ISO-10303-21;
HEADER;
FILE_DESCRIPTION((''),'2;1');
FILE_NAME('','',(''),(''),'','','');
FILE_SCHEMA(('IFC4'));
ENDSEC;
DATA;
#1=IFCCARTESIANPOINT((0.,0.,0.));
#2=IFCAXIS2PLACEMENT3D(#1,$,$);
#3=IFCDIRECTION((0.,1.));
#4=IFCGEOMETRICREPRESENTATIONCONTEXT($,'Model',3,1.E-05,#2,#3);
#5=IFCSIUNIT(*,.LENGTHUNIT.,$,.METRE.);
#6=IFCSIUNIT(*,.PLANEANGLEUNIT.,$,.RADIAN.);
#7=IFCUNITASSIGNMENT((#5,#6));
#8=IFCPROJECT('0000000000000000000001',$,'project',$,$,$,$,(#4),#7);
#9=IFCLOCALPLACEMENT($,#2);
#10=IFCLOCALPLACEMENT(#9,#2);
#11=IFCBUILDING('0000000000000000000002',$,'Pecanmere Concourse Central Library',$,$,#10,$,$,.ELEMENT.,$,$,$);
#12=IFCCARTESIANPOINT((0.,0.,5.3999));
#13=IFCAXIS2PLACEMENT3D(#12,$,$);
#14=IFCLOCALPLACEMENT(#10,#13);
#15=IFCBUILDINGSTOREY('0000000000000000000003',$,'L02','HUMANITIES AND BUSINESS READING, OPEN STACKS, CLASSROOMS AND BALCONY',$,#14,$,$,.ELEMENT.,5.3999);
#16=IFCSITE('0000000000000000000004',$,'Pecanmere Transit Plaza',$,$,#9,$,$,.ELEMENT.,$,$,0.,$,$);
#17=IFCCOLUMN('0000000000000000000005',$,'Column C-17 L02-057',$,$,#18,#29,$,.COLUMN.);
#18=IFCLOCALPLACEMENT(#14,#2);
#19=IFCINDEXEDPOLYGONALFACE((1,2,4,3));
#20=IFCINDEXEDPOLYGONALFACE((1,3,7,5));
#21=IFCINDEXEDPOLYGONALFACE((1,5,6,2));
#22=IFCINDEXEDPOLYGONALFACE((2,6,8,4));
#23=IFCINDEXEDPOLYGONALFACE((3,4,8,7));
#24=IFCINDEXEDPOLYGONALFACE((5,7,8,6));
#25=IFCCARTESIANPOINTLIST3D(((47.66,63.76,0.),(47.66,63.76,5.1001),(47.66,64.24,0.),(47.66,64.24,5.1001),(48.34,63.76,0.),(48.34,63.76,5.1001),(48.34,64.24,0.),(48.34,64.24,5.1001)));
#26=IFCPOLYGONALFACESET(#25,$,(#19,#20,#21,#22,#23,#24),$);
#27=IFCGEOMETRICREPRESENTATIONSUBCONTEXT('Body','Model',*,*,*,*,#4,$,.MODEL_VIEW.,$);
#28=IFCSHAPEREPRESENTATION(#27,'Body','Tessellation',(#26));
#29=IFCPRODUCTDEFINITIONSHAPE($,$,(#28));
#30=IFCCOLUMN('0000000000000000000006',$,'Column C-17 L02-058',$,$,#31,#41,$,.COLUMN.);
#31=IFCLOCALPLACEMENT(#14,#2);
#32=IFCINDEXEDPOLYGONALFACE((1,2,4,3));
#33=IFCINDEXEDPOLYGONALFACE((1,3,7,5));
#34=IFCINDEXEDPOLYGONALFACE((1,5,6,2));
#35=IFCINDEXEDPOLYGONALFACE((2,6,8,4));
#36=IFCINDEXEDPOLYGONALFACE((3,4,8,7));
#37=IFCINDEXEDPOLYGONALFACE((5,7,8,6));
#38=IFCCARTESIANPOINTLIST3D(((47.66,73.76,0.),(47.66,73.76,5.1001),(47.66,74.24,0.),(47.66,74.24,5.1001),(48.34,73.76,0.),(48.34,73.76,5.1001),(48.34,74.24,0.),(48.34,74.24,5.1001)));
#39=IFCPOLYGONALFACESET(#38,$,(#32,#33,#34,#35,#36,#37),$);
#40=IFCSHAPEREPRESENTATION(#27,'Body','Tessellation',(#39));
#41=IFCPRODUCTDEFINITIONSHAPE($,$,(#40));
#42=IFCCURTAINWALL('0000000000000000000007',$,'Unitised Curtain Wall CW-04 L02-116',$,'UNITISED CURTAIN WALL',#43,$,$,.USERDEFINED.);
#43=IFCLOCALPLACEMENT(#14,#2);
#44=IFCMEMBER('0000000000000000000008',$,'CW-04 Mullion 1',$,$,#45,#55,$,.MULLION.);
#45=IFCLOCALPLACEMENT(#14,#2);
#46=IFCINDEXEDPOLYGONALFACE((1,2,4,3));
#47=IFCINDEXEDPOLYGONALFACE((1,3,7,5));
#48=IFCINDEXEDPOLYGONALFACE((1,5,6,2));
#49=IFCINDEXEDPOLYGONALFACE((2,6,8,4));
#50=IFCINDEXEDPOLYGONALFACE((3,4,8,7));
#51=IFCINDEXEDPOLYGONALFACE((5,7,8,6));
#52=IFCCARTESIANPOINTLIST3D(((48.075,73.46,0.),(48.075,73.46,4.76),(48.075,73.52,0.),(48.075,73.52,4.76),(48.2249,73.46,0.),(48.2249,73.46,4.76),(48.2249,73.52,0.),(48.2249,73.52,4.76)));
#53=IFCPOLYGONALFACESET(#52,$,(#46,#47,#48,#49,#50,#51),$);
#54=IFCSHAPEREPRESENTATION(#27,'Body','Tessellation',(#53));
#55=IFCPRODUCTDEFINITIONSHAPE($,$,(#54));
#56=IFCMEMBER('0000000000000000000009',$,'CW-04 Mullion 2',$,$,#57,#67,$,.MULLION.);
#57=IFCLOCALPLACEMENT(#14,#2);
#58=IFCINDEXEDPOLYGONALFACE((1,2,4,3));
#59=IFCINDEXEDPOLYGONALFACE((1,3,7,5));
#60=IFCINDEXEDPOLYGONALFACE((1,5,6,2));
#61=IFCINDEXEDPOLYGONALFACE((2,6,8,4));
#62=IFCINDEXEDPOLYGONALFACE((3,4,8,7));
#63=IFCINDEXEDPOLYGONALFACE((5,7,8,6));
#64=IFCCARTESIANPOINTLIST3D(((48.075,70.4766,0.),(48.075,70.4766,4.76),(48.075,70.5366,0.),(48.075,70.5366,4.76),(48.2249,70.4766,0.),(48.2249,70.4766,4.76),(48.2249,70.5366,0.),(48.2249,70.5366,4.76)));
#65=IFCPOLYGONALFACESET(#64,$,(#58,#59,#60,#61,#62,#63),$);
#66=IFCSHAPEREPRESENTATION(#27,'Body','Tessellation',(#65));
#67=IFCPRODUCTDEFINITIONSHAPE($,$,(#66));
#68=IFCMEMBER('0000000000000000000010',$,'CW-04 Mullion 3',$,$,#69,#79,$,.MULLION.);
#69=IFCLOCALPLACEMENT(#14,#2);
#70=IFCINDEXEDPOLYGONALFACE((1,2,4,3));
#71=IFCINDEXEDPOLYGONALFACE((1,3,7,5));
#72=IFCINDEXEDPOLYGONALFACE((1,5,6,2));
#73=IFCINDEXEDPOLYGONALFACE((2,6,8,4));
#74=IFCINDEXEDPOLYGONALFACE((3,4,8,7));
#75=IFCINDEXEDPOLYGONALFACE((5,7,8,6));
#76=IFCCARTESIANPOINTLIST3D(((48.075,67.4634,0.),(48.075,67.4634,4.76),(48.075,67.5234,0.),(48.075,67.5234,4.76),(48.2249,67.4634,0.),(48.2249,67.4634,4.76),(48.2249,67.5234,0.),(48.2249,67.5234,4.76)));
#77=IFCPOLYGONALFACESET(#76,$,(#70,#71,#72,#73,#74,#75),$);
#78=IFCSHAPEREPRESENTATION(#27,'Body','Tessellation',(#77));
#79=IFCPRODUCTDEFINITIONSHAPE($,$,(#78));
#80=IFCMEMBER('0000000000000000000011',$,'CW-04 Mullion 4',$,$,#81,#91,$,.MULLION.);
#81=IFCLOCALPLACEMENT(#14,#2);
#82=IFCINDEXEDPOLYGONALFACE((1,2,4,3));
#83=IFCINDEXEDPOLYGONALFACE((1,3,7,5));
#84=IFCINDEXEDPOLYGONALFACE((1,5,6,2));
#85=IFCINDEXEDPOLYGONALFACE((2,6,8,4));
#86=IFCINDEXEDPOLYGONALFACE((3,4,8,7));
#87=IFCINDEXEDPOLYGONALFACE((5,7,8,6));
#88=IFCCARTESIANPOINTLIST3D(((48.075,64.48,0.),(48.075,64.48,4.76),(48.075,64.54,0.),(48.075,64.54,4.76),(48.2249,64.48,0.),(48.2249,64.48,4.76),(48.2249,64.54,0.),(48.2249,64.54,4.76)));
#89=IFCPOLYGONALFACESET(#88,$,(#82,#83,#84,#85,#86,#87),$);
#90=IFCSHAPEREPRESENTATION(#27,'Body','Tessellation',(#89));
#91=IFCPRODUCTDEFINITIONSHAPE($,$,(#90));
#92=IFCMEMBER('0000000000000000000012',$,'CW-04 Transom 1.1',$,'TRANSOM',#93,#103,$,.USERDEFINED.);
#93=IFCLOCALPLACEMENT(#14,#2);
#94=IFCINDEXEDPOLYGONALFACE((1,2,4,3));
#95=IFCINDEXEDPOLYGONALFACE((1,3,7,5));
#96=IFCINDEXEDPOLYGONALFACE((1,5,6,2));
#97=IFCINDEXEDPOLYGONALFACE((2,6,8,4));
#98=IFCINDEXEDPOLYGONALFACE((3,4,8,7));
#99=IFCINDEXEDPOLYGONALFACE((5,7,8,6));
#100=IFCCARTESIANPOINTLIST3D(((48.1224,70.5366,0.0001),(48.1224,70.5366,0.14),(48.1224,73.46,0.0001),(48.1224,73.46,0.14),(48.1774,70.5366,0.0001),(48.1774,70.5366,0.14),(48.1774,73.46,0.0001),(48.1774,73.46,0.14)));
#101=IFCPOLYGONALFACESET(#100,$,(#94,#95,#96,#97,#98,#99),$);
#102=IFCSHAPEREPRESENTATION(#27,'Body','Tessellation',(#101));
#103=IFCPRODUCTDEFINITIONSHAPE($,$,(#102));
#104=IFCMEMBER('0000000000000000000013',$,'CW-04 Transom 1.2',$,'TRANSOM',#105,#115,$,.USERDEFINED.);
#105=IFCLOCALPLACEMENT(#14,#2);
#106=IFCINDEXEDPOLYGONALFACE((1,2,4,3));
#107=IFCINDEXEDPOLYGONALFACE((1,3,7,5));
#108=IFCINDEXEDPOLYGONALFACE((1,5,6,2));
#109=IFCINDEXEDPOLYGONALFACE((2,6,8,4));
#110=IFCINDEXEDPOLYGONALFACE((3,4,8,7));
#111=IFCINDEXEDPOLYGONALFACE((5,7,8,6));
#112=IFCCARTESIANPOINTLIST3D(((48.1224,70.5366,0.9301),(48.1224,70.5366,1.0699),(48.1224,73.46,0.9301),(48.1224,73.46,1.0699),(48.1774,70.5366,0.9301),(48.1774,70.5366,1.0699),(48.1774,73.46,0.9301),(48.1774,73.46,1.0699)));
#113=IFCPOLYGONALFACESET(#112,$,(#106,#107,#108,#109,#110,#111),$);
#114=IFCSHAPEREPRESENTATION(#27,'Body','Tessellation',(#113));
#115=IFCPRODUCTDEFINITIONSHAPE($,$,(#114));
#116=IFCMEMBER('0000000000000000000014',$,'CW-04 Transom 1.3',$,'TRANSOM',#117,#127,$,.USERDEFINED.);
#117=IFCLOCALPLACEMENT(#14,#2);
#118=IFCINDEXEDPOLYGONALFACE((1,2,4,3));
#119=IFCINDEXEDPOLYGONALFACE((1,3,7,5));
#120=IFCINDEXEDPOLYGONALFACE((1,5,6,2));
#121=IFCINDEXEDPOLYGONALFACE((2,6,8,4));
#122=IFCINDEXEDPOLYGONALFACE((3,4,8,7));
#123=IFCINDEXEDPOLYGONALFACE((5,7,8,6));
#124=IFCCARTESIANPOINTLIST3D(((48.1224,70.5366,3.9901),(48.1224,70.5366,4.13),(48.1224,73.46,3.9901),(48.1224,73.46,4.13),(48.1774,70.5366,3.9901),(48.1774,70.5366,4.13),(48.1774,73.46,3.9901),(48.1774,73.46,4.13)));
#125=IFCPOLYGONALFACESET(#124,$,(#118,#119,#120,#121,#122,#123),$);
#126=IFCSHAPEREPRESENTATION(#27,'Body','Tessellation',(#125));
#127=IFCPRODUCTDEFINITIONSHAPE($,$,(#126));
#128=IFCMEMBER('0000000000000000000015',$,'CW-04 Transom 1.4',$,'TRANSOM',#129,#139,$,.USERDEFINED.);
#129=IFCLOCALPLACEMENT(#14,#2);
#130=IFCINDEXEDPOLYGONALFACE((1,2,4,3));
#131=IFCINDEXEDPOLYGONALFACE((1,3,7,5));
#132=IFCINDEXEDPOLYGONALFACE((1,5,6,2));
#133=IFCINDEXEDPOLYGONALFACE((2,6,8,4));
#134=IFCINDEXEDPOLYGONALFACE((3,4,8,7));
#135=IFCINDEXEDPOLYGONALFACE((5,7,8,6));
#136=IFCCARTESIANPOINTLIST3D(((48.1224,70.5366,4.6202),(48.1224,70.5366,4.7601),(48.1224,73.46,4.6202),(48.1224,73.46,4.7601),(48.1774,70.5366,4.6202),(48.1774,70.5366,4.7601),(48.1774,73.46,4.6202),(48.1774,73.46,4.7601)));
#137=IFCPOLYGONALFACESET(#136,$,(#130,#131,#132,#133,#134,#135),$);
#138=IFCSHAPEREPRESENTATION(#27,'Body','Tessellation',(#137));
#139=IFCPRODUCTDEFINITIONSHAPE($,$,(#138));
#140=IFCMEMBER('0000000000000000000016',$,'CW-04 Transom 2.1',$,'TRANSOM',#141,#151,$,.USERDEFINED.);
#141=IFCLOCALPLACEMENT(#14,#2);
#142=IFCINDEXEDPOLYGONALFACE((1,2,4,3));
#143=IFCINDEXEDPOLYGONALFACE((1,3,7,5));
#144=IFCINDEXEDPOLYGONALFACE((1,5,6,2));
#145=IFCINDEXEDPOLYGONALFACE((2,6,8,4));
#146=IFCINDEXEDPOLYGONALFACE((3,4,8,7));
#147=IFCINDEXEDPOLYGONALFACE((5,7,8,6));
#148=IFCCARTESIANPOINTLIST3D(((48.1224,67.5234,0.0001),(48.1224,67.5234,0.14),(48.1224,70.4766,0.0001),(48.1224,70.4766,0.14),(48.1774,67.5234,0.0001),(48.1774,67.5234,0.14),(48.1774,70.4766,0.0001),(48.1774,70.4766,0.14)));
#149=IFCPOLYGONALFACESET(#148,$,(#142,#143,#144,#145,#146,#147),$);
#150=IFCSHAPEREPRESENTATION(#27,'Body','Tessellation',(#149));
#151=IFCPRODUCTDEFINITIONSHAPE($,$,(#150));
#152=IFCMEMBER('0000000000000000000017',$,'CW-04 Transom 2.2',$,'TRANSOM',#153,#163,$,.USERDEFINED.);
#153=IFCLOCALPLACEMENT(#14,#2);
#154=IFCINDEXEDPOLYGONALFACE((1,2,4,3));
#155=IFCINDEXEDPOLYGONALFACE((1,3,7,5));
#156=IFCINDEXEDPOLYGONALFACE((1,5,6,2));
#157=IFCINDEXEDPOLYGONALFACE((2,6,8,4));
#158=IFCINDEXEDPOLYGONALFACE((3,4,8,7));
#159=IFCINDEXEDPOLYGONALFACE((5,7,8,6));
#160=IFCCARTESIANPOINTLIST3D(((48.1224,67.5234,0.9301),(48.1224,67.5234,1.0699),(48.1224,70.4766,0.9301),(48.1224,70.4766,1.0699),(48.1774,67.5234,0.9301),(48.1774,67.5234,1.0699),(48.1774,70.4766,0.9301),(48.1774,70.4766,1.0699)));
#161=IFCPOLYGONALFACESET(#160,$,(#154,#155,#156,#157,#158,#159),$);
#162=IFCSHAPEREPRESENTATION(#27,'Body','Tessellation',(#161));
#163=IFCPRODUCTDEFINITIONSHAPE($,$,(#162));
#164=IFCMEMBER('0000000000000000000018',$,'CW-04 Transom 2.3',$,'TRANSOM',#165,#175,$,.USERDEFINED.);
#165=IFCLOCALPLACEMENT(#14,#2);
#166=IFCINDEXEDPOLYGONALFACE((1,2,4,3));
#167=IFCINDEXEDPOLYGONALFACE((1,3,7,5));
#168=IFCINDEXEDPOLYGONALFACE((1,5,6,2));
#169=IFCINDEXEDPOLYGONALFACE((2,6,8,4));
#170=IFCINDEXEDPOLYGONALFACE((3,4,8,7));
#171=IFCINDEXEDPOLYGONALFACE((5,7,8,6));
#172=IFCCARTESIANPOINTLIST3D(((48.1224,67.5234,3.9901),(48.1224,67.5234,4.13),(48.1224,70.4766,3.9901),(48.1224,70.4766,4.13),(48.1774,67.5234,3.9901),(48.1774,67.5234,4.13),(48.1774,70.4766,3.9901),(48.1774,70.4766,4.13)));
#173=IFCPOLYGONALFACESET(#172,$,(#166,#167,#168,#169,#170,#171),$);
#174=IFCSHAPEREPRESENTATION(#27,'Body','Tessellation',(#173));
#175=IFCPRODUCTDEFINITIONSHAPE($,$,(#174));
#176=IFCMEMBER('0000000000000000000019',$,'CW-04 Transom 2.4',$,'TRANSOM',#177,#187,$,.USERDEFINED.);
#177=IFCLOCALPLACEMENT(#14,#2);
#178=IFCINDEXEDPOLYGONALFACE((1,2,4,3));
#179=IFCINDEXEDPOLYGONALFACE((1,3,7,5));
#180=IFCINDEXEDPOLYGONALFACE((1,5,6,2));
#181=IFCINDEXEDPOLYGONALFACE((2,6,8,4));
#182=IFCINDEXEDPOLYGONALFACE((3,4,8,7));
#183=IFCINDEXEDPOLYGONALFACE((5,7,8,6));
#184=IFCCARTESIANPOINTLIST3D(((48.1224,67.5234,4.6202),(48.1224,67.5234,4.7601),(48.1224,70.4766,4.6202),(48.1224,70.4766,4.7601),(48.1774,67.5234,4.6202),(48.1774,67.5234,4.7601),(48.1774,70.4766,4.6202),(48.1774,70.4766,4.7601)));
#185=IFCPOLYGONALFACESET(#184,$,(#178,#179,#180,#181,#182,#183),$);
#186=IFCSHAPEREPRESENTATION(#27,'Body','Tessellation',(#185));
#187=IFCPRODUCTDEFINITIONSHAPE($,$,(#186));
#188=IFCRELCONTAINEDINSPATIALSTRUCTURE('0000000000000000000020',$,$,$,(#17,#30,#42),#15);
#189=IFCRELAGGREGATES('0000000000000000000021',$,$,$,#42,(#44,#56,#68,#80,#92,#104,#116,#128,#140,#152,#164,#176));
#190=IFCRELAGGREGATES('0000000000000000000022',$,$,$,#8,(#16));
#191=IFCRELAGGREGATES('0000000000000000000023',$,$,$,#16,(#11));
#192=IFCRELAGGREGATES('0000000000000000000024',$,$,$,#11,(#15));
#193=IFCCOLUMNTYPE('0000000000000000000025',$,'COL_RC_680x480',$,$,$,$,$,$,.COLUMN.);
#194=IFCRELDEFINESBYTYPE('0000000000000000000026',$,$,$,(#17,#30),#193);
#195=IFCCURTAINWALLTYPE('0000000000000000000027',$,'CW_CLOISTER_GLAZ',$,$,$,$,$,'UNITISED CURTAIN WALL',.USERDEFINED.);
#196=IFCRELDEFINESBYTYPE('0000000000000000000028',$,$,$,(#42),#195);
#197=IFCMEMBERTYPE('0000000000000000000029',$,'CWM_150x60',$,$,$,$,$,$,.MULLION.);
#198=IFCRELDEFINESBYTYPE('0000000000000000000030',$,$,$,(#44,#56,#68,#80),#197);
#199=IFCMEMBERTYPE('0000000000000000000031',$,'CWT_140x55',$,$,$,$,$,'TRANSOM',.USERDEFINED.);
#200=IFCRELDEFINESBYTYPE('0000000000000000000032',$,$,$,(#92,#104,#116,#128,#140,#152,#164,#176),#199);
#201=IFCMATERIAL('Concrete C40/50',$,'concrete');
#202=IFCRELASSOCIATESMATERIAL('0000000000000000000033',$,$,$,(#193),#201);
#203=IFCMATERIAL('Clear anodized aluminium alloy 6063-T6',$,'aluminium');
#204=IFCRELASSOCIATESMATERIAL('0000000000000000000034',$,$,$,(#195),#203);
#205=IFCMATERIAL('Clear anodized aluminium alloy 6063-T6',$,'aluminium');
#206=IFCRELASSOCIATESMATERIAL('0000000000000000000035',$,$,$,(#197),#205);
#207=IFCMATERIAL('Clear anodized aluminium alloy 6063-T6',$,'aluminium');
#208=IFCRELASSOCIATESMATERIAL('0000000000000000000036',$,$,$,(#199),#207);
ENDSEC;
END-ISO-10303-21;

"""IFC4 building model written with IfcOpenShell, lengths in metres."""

from ifc_helpers import new_model, si_unit, direction, frame, origin, origin_2d, place, context, subcontext, project, spatial, rectangle, extrude, material, material_profile, profile_set, type_object, element, aggregate, save


model = new_model("IFC4")

# Units and contexts
model_context = context("Model", 3, precision=1e-05, world=origin(), true_north=direction((0.0, 1.0)))
body_context = subcontext(model_context, "Body", "Model", "MODEL_VIEW")
ifc_project = project(units=[si_unit("LENGTHUNIT", "METRE"), si_unit("PLANEANGLEUNIT", "RADIAN")], contexts=[model_context])

# Site, building, storey
site_placement = place(None, origin())
site = spatial("IfcSite", under=ifc_project, at=site_placement, Name="Pecanmere Transit Plaza", CompositionType="ELEMENT", RefElevation=0.0)
building_placement = place(site_placement, origin())
building = spatial("IfcBuilding", under=site, at=building_placement, Name="Pecanmere Concourse Central Library", CompositionType="ELEMENT")
storey_placement = place(building_placement, frame((0.0, 0.0, 5.3999)))
storey = spatial("IfcBuildingStorey", under=building, at=storey_placement, Name="L02", Description="HUMANITIES AND BUSINESS READING, OPEN STACKS, CLASSROOMS AND BALCONY", CompositionType="ELEMENT", Elevation=5.3999)

# Columns
ifc_material_1 = material(Name="Concrete C40/50", Category="concrete")
ifc_material_profile_1 = material_profile(ifc_material_1, rectangle(XDim=0.6799, YDim=0.48, at=origin_2d()), Name="RC 680x480")
ifc_profile_set_1 = profile_set([ifc_material_profile_1], Name="Concrete C40/50")
column_type = type_object("IfcColumnType", Name="COL_RC_680x480", PredefinedType="COLUMN", material=ifc_profile_set_1)
for number, where, z_axis, x_axis, name in (
    (1, (48.0, 64.0, 0.0), (0.0, 0.0, 1.0), (1.0, 0.0, 0.0), "Column C-17 L02-057"),
    (2, (48.0, 74.0, 0.0), (0.0, 0.0, 1.0), (1.0, 0.0, 0.0), "Column C-17 L02-058"),
):
    element("IfcColumn", number, at=place(storey_placement, frame(where, z_axis=z_axis, x_axis=x_axis)), inside=storey, type_object=column_type, Name=name, PredefinedType="COLUMN", context=body_context, shape_type="SweptSolid", body=[
        extrude(rectangle(XDim=0.6799, YDim=0.48, at=origin_2d()), origin(), (0.0, 0.0, 1.0), 5.1001),
    ])

# Curtain wall, members
ifc_material_2 = material(Name="Clear anodized aluminium alloy 6063-T6", Category="aluminium")
curtain_wall_type = type_object("IfcCurtainWallType", Name="CW_CLOISTER_GLAZ", ElementType="UNITISED CURTAIN WALL", PredefinedType="USERDEFINED", material=ifc_material_2)
curtain_wall_placement = place(storey_placement, origin())
curtain_wall = element("IfcCurtainWall", 3, at=curtain_wall_placement, inside=storey, type_object=curtain_wall_type, Name="Unitised Curtain Wall CW-04 L02-116", ObjectType="UNITISED CURTAIN WALL", PredefinedType="USERDEFINED")
ifc_material_3 = material(Name="Clear anodized aluminium alloy 6063-T6", Category="aluminium")
ifc_material_profile_2 = material_profile(ifc_material_3, rectangle(XDim=0.0601, YDim=0.1499, at=origin_2d()), Name="AL 60x150")
ifc_profile_set_2 = profile_set([ifc_material_profile_2], Name="Clear anodized aluminium alloy 6063-T6")
member_type_1 = type_object("IfcMemberType", Name="CWM_150x60", PredefinedType="MULLION", material=ifc_profile_set_2)
member_1_placement = place(storey_placement, frame((48.1499, 73.49, 0.0), z_axis=(0.0, 0.0, 1.0), x_axis=(0.0, -1.0, 0.0)))
member_1 = element("IfcMember", 4, at=member_1_placement, type_object=member_type_1, Name="CW-04 Mullion 1", PredefinedType="MULLION", context=body_context, shape_type="SweptSolid", body=[
    extrude(rectangle(XDim=0.0601, YDim=0.1499, at=origin_2d()), origin(), (0.0, 0.0, 1.0), 4.76),
])
member_2_placement = place(storey_placement, frame((48.1499, 70.5066, 0.0), z_axis=(0.0, 0.0, 1.0), x_axis=(0.0, -1.0, 0.0)))
member_2 = element("IfcMember", 5, at=member_2_placement, type_object=member_type_1, Name="CW-04 Mullion 2", PredefinedType="MULLION", context=body_context, shape_type="SweptSolid", body=[
    extrude(rectangle(XDim=0.0601, YDim=0.1499, at=origin_2d()), origin(), (0.0, 0.0, 1.0), 4.76),
])
member_3_placement = place(storey_placement, frame((48.1499, 67.4934, 0.0), z_axis=(0.0, 0.0, 1.0), x_axis=(0.0, -1.0, 0.0)))
member_3 = element("IfcMember", 6, at=member_3_placement, type_object=member_type_1, Name="CW-04 Mullion 3", PredefinedType="MULLION", context=body_context, shape_type="SweptSolid", body=[
    extrude(rectangle(XDim=0.0601, YDim=0.1499, at=origin_2d()), origin(), (0.0, 0.0, 1.0), 4.76),
])
member_4_placement = place(storey_placement, frame((48.1499, 64.51, 0.0), z_axis=(0.0, 0.0, 1.0), x_axis=(0.0, -1.0, 0.0)))
member_4 = element("IfcMember", 7, at=member_4_placement, type_object=member_type_1, Name="CW-04 Mullion 4", PredefinedType="MULLION", context=body_context, shape_type="SweptSolid", body=[
    extrude(rectangle(XDim=0.0601, YDim=0.1499, at=origin_2d()), origin(), (0.0, 0.0, 1.0), 4.76),
])
ifc_material_4 = material(Name="Clear anodized aluminium alloy 6063-T6", Category="aluminium")
ifc_material_profile_3 = material_profile(ifc_material_4, rectangle(XDim=0.0549, YDim=0.1399, at=origin_2d()), Name="AL 55x140")
ifc_profile_set_3 = profile_set([ifc_material_profile_3], Name="Clear anodized aluminium alloy 6063-T6")
member_type_2 = type_object("IfcMemberType", Name="CWT_140x55", ElementType="TRANSOM", PredefinedType="USERDEFINED", material=ifc_profile_set_3)
member_5_placement = place(storey_placement, frame((48.1499, 73.46, 0.0701), z_axis=(0.0, -1.0, 0.0), x_axis=(1.0, 0.0, 0.0)))
member_5 = element("IfcMember", 8, at=member_5_placement, type_object=member_type_2, Name="CW-04 Transom 1.1", ObjectType="TRANSOM", PredefinedType="USERDEFINED", context=body_context, shape_type="SweptSolid", body=[
    extrude(rectangle(XDim=0.0549, YDim=0.1399, at=origin_2d()), origin(), (0.0, 0.0, 1.0), 2.9233),
])
member_6_placement = place(storey_placement, frame((48.1499, 73.46, 1.0), z_axis=(0.0, -1.0, 0.0), x_axis=(1.0, 0.0, 0.0)))
member_6 = element("IfcMember", 9, at=member_6_placement, type_object=member_type_2, Name="CW-04 Transom 1.2", ObjectType="TRANSOM", PredefinedType="USERDEFINED", context=body_context, shape_type="SweptSolid", body=[
    extrude(rectangle(XDim=0.0549, YDim=0.1399, at=origin_2d()), origin(), (0.0, 0.0, 1.0), 2.9233),
])
member_7_placement = place(storey_placement, frame((48.1499, 73.46, 4.0601), z_axis=(0.0, -1.0, 0.0), x_axis=(1.0, 0.0, 0.0)))
member_7 = element("IfcMember", 10, at=member_7_placement, type_object=member_type_2, Name="CW-04 Transom 1.3", ObjectType="TRANSOM", PredefinedType="USERDEFINED", context=body_context, shape_type="SweptSolid", body=[
    extrude(rectangle(XDim=0.0549, YDim=0.1399, at=origin_2d()), origin(), (0.0, 0.0, 1.0), 2.9233),
])
member_8_placement = place(storey_placement, frame((48.1499, 73.46, 4.6902), z_axis=(0.0, -1.0, 0.0), x_axis=(1.0, 0.0, 0.0)))
member_8 = element("IfcMember", 11, at=member_8_placement, type_object=member_type_2, Name="CW-04 Transom 1.4", ObjectType="TRANSOM", PredefinedType="USERDEFINED", context=body_context, shape_type="SweptSolid", body=[
    extrude(rectangle(XDim=0.0549, YDim=0.1399, at=origin_2d()), origin(), (0.0, 0.0, 1.0), 2.9233),
])
member_9_placement = place(storey_placement, frame((48.1499, 70.4766, 0.0701), z_axis=(0.0, -1.0, 0.0), x_axis=(1.0, 0.0, 0.0)))
member_9 = element("IfcMember", 12, at=member_9_placement, type_object=member_type_2, Name="CW-04 Transom 2.1", ObjectType="TRANSOM", PredefinedType="USERDEFINED", context=body_context, shape_type="SweptSolid", body=[
    extrude(rectangle(XDim=0.0549, YDim=0.1399, at=origin_2d()), origin(), (0.0, 0.0, 1.0), 2.9531),
])
member_10_placement = place(storey_placement, frame((48.1499, 70.4766, 1.0), z_axis=(0.0, -1.0, 0.0), x_axis=(1.0, 0.0, 0.0)))
member_10 = element("IfcMember", 13, at=member_10_placement, type_object=member_type_2, Name="CW-04 Transom 2.2", ObjectType="TRANSOM", PredefinedType="USERDEFINED", context=body_context, shape_type="SweptSolid", body=[
    extrude(rectangle(XDim=0.0549, YDim=0.1399, at=origin_2d()), origin(), (0.0, 0.0, 1.0), 2.9531),
])
member_11_placement = place(storey_placement, frame((48.1499, 70.4766, 4.0601), z_axis=(0.0, -1.0, 0.0), x_axis=(1.0, 0.0, 0.0)))
member_11 = element("IfcMember", 14, at=member_11_placement, type_object=member_type_2, Name="CW-04 Transom 2.3", ObjectType="TRANSOM", PredefinedType="USERDEFINED", context=body_context, shape_type="SweptSolid", body=[
    extrude(rectangle(XDim=0.0549, YDim=0.1399, at=origin_2d()), origin(), (0.0, 0.0, 1.0), 2.9531),
])
member_12_placement = place(storey_placement, frame((48.1499, 70.4766, 4.6902), z_axis=(0.0, -1.0, 0.0), x_axis=(1.0, 0.0, 0.0)))
member_12 = element("IfcMember", 15, at=member_12_placement, type_object=member_type_2, Name="CW-04 Transom 2.4", ObjectType="TRANSOM", PredefinedType="USERDEFINED", context=body_context, shape_type="SweptSolid", body=[
    extrude(rectangle(XDim=0.0549, YDim=0.1399, at=origin_2d()), origin(), (0.0, 0.0, 1.0), 2.9531),
])

aggregate(curtain_wall, [member_1, member_2, member_3, member_4, member_5, member_6, member_7, member_8, member_9, member_10, member_11, member_12])

save(model, "model.ifc")
